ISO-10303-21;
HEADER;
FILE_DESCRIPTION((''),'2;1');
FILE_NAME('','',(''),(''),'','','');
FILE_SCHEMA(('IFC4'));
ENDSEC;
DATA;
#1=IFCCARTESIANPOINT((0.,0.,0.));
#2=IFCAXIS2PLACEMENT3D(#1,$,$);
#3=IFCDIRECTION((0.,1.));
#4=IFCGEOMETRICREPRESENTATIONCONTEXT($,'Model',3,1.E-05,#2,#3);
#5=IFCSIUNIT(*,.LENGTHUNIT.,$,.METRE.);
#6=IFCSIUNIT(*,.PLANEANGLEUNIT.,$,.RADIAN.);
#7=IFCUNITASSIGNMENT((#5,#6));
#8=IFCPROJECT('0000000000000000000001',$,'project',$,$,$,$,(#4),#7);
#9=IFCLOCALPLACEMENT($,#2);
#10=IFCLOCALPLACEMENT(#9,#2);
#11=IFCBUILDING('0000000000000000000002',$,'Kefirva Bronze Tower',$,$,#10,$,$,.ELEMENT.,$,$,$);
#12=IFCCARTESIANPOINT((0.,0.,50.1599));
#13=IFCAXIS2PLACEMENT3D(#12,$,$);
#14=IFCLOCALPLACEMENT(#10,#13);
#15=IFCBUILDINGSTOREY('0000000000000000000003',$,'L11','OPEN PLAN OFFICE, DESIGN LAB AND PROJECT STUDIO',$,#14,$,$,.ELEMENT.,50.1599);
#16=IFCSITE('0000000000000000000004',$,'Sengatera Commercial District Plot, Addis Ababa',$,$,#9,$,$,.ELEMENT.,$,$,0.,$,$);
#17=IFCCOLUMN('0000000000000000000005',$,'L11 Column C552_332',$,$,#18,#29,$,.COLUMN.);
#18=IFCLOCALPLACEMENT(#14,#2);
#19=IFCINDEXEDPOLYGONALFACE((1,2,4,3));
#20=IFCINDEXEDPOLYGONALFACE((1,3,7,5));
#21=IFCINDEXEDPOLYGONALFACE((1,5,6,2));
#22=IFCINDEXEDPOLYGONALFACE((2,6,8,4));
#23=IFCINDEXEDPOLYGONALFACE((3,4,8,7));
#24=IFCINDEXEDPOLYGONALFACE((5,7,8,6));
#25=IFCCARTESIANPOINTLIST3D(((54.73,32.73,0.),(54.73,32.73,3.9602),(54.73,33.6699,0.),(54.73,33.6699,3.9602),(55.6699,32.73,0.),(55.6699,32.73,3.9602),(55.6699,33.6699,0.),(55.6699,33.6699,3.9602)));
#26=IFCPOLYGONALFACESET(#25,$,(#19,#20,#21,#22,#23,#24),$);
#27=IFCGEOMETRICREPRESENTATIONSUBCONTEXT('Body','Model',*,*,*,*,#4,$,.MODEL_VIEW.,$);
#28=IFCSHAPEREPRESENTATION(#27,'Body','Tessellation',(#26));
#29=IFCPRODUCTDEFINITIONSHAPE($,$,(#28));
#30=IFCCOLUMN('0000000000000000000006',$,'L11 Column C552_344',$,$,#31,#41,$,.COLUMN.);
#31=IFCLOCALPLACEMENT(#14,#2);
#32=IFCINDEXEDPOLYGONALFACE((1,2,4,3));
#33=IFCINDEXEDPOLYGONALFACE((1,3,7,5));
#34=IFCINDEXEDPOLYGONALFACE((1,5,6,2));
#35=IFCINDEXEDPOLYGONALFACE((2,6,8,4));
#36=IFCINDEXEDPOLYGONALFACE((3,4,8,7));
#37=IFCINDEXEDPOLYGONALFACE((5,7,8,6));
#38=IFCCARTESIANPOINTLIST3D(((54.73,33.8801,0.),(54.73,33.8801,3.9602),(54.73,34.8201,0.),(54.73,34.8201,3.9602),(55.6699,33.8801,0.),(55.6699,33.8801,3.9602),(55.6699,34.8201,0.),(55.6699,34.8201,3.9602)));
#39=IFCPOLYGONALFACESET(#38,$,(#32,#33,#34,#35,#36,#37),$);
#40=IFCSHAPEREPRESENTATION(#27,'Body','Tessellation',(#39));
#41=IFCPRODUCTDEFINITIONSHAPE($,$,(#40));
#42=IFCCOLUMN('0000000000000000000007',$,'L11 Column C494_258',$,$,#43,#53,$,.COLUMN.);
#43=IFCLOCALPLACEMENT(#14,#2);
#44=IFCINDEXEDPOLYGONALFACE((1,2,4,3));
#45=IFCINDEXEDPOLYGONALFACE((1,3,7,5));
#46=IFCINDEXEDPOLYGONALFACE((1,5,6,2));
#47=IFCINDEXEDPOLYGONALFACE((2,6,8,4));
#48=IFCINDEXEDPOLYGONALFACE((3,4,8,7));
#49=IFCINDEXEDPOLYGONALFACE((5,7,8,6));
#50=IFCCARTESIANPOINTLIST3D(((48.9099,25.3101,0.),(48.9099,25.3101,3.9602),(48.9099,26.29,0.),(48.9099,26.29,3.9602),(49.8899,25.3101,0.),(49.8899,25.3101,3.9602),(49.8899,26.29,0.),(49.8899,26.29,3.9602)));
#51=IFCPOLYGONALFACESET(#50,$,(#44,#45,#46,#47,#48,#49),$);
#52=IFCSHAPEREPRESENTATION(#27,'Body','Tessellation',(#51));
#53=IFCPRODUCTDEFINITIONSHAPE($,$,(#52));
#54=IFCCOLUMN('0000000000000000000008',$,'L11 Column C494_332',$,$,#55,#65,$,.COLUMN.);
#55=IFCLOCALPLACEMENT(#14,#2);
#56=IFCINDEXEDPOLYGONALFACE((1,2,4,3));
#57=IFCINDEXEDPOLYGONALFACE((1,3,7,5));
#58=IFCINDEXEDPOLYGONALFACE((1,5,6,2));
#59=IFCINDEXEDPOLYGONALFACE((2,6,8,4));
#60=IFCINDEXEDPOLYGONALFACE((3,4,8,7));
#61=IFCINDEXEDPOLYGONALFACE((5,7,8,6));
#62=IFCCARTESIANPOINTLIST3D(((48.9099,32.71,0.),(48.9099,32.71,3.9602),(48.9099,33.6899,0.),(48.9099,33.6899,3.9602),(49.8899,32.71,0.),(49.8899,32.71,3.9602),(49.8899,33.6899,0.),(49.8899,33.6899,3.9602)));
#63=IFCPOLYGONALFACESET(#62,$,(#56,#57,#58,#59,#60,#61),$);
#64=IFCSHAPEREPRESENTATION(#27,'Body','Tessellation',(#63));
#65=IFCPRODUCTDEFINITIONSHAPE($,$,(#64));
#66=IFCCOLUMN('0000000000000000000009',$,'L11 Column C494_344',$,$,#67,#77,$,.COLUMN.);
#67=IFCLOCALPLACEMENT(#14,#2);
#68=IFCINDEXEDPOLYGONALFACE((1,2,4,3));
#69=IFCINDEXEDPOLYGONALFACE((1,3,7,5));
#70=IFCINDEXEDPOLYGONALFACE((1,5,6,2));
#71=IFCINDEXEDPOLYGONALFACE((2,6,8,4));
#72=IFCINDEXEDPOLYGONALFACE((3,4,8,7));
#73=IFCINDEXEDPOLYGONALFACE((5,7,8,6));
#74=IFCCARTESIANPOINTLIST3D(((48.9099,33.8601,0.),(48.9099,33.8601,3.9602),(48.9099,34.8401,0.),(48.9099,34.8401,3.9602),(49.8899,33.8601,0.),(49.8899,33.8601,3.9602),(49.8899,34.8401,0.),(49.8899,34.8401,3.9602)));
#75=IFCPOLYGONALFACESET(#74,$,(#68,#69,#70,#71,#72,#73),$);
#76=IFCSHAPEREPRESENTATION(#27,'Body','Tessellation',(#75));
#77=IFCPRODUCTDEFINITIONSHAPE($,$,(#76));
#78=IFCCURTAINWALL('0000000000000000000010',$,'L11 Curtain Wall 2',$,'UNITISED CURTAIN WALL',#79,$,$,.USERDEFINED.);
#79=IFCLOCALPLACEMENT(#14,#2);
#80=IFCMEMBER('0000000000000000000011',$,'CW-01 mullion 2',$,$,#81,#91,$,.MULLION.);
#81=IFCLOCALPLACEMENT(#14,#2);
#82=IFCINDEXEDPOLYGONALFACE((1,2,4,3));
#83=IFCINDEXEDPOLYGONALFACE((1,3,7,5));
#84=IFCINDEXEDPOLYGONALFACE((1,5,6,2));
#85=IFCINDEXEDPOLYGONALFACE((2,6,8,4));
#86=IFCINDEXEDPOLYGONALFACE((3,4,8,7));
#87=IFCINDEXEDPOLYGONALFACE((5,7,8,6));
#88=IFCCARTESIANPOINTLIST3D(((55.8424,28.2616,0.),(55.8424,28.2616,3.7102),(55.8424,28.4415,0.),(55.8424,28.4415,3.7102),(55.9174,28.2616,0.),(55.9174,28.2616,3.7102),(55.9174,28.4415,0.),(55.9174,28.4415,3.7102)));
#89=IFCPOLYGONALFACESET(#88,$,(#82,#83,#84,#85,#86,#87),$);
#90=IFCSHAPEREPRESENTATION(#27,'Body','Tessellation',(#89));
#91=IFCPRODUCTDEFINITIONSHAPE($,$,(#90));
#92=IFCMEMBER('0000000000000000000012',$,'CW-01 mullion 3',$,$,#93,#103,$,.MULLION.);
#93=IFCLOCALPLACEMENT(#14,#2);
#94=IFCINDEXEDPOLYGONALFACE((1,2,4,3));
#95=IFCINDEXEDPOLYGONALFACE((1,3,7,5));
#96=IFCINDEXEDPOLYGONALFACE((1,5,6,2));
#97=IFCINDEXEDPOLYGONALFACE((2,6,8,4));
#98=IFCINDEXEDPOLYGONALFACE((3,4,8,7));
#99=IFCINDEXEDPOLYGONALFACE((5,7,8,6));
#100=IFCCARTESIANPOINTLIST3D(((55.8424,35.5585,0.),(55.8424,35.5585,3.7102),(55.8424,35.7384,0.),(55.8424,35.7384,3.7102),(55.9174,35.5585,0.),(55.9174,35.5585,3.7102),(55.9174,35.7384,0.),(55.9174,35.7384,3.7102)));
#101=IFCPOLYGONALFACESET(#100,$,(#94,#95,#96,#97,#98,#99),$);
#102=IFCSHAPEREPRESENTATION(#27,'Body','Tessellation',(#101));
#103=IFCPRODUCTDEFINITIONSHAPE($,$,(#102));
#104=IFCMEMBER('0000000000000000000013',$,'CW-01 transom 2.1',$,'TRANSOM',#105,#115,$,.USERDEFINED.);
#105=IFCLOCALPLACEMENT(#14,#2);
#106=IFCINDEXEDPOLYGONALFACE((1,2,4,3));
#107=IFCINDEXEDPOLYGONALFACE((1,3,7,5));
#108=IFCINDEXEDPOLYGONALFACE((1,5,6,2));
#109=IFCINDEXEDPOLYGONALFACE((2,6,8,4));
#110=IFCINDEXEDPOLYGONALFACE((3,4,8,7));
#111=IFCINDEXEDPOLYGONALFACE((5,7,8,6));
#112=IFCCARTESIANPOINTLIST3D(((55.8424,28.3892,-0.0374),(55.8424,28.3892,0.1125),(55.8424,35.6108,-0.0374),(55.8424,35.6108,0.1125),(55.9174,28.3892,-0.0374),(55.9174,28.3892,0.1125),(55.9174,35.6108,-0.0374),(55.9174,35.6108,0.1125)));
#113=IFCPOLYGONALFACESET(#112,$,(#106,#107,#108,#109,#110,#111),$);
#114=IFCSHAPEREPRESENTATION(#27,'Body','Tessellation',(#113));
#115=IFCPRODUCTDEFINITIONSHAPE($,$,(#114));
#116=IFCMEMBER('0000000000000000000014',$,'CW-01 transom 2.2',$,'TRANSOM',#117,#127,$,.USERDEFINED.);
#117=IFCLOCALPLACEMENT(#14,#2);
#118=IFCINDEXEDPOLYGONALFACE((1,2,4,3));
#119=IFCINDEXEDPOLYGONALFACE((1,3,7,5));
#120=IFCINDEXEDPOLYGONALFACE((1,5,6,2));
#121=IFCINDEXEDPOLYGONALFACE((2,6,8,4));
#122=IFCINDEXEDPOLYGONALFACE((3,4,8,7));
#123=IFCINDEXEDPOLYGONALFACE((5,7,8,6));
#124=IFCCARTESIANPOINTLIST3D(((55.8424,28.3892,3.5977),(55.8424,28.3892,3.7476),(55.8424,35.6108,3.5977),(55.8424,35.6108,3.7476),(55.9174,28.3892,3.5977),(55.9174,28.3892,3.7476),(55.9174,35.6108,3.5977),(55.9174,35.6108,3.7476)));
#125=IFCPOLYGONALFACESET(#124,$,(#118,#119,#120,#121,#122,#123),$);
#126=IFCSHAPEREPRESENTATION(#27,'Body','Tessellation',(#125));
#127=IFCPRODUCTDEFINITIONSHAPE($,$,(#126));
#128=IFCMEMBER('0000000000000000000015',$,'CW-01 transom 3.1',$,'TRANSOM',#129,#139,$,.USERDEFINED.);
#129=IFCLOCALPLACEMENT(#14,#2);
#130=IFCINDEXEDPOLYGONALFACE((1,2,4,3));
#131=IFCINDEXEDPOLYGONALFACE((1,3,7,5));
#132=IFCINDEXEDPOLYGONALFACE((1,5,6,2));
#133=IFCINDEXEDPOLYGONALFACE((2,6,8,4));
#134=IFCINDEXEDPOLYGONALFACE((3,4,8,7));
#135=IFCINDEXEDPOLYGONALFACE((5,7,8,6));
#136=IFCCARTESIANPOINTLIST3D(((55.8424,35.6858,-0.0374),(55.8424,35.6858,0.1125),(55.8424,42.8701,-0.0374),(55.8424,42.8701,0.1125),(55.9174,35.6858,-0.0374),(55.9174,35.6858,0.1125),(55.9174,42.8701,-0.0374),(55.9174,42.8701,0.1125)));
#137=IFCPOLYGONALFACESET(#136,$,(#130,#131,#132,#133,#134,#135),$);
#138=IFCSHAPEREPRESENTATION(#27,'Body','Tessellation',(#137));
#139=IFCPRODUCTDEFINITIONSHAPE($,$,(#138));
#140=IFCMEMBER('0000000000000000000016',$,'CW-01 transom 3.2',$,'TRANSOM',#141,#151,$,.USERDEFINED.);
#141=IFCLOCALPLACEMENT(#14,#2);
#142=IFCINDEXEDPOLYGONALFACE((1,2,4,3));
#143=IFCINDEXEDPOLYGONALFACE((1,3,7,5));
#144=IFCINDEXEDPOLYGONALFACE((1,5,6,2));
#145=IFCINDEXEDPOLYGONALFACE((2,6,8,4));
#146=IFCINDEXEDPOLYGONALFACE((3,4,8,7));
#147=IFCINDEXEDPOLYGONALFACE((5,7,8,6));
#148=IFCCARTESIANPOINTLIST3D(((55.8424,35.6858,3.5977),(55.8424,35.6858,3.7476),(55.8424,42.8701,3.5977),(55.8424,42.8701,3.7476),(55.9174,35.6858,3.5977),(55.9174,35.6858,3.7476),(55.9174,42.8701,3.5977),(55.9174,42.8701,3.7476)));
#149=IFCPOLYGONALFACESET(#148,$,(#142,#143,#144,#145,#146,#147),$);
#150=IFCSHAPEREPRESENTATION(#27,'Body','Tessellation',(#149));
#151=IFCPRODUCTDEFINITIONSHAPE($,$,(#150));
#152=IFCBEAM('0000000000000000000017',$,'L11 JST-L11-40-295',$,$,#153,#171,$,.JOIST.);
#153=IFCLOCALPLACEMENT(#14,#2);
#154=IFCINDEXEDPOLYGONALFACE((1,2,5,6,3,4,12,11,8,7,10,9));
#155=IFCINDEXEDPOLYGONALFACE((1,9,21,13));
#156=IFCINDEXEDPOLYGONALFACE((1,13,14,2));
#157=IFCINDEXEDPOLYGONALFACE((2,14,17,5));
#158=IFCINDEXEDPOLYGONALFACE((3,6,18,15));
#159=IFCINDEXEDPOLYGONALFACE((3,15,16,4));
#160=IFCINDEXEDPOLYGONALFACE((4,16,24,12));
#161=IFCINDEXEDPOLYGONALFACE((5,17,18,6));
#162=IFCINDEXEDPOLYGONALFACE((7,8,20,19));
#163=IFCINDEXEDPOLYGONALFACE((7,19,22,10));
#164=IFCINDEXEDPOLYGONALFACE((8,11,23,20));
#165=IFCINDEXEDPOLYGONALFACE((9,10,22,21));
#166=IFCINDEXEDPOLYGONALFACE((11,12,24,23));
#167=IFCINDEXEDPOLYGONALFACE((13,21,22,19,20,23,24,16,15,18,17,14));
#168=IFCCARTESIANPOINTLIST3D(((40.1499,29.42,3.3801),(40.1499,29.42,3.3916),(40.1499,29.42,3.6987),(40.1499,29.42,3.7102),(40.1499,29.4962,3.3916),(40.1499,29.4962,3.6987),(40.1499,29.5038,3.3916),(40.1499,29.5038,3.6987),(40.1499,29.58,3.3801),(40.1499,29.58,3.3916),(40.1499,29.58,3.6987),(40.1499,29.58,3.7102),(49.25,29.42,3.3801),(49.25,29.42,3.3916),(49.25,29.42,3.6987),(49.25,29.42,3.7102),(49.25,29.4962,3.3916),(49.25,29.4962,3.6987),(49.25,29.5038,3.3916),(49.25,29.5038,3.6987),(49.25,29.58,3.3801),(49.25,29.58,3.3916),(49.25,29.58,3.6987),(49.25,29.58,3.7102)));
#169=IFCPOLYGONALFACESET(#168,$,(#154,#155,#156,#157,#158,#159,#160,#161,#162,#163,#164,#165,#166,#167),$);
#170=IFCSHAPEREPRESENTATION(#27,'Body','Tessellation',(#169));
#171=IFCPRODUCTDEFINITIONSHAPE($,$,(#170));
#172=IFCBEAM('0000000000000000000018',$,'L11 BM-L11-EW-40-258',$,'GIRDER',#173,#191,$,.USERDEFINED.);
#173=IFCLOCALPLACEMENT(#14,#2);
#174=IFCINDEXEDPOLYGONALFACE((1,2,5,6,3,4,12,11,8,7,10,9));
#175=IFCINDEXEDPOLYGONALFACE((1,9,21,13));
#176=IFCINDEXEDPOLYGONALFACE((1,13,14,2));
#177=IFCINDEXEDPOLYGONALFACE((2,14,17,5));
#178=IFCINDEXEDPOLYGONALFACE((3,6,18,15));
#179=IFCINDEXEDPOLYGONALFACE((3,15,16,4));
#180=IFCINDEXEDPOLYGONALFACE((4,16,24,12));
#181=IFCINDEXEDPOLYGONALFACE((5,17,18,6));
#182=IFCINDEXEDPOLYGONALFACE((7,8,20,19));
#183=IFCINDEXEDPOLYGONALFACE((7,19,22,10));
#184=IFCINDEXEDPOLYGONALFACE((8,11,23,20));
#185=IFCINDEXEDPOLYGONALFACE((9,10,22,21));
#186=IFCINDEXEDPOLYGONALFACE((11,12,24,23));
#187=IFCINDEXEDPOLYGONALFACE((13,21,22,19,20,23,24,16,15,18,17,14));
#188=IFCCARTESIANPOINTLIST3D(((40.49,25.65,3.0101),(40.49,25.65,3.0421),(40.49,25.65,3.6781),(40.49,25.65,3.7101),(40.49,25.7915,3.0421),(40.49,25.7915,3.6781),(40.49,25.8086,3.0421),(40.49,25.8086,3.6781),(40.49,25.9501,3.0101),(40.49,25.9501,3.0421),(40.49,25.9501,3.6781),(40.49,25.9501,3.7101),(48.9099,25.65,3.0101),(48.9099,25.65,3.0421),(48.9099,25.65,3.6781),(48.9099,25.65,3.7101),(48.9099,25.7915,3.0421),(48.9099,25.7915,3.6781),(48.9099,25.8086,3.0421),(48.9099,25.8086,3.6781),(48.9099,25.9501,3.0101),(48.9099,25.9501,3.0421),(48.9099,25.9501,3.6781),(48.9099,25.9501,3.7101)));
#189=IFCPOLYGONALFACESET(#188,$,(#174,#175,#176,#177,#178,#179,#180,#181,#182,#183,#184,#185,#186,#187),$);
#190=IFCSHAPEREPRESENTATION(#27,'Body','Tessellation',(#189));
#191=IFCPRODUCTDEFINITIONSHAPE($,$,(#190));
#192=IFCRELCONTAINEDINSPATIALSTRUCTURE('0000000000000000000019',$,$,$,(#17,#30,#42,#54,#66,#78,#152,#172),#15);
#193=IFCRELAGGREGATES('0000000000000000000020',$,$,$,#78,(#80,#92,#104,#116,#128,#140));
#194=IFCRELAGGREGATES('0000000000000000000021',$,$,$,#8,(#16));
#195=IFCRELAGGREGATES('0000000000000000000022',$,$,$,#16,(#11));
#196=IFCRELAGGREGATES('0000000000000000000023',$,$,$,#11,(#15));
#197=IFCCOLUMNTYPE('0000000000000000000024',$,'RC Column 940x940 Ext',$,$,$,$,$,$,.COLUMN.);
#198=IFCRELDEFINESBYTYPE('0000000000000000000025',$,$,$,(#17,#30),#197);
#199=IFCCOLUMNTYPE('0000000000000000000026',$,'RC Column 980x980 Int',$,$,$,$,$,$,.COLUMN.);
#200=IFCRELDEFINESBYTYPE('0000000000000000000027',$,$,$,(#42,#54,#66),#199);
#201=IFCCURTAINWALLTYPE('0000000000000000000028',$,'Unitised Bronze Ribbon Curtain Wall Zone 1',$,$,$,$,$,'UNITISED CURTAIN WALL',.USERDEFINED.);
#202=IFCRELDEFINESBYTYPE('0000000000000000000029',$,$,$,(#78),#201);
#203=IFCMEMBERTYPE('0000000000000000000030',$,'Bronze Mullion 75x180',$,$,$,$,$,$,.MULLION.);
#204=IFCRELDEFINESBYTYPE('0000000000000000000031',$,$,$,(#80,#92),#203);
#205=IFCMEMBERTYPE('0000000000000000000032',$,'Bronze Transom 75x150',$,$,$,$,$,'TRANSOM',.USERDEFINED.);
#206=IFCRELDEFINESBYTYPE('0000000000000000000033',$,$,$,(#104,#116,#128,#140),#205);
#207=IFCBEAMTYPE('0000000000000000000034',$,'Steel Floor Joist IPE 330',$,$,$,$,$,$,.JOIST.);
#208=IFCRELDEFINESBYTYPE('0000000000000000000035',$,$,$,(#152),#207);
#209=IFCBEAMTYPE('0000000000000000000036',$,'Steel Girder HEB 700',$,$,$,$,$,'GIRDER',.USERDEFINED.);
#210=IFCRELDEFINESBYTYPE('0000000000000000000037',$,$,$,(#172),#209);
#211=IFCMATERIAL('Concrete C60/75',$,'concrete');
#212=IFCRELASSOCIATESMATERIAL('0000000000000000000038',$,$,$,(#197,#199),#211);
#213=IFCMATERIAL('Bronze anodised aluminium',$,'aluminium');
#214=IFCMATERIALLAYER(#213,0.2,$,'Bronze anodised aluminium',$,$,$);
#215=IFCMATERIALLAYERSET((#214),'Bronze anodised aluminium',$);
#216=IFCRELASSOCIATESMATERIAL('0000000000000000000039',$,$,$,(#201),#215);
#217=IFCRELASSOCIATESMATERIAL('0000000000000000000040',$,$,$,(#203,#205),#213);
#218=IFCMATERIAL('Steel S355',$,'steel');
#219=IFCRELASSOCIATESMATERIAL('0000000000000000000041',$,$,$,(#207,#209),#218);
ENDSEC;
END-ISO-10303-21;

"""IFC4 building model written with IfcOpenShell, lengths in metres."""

from ifc_helpers import new_model, si_unit, direction, frame, origin, origin_2d, place, context, subcontext, project, spatial, rectangle, i_section, extrude, material, layer, layer_set, material_profile, profile_set, type_object, element, aggregate, save


model = new_model("IFC4")

# Units and contexts
model_context = context("Model", 3, precision=1e-05, world=origin(), true_north=direction((0.0, 1.0)))
body_context = subcontext(model_context, "Body", "Model", "MODEL_VIEW")
ifc_project = project(units=[si_unit("LENGTHUNIT", "METRE"), si_unit("PLANEANGLEUNIT", "RADIAN")], contexts=[model_context])

# Site, building, storey
site_placement = place(None, origin())
site = spatial("IfcSite", under=ifc_project, at=site_placement, Name="Sengatera Commercial District Plot, Addis Ababa", CompositionType="ELEMENT", RefElevation=0.0)
building_placement = place(site_placement, origin())
building = spatial("IfcBuilding", under=site, at=building_placement, Name="Kefirva Bronze Tower", CompositionType="ELEMENT")
storey_placement = place(building_placement, frame((0.0, 0.0, 50.1599)))
storey = spatial("IfcBuildingStorey", under=building, at=storey_placement, Name="L11", Description="OPEN PLAN OFFICE, DESIGN LAB AND PROJECT STUDIO", CompositionType="ELEMENT", Elevation=50.1599)

# Columns
ifc_material_1 = material(Name="Concrete C60/75", Category="concrete")
ifc_material_profile_1 = material_profile(ifc_material_1, rectangle(XDim=0.9399, YDim=0.9399, at=origin_2d()), Name="RC 940x940")
ifc_profile_set_1 = profile_set([ifc_material_profile_1], Name="Concrete C60/75")
column_type_1 = type_object("IfcColumnType", Name="RC Column 940x940 Ext", PredefinedType="COLUMN", material=ifc_profile_set_1)
for number, where, z_axis, x_axis, name in (
    (1, (55.2, 33.2, 0.0), (0.0, 0.0, 1.0), (1.0, 0.0, 0.0), "L11 Column C552_332"),
    (2, (55.2, 34.3501, 0.0), (0.0, 0.0, 1.0), (1.0, 0.0, 0.0), "L11 Column C552_344"),
):
    element("IfcColumn", number, at=place(storey_placement, frame(where, z_axis=z_axis, x_axis=x_axis)), inside=storey, type_object=column_type_1, Name=name, PredefinedType="COLUMN", context=body_context, shape_type="SweptSolid", body=[
        extrude(rectangle(XDim=0.9399, YDim=0.9399, at=origin_2d()), origin(), (0.0, 0.0, 1.0), 3.9602),
    ])
ifc_material_profile_2 = material_profile(ifc_material_1, rectangle(XDim=0.98, YDim=0.98, at=origin_2d()), Name="RC 980x980")
ifc_profile_set_2 = profile_set([ifc_material_profile_2], Name="Concrete C60/75")
column_type_2 = type_object("IfcColumnType", Name="RC Column 980x980 Int", PredefinedType="COLUMN", material=ifc_profile_set_2)
for number, where, z_axis, x_axis, name in (
    (3, (49.3999, 25.8, 0.0), (0.0, 0.0, 1.0), (1.0, 0.0, 0.0), "L11 Column C494_258"),
    (4, (49.3999, 33.2, 0.0), (0.0, 0.0, 1.0), (1.0, 0.0, 0.0), "L11 Column C494_332"),
    (5, (49.3999, 34.3501, 0.0), (0.0, 0.0, 1.0), (1.0, 0.0, 0.0), "L11 Column C494_344"),
):
    element("IfcColumn", number, at=place(storey_placement, frame(where, z_axis=z_axis, x_axis=x_axis)), inside=storey, type_object=column_type_2, Name=name, PredefinedType="COLUMN", context=body_context, shape_type="SweptSolid", body=[
        extrude(rectangle(XDim=0.98, YDim=0.98, at=origin_2d()), origin(), (0.0, 0.0, 1.0), 3.9602),
    ])

# Curtain wall, members
ifc_material_2 = material(Name="Bronze anodised aluminium", Category="aluminium")
ifc_layer_1 = layer(ifc_material_2, 0.2, Name="Bronze anodised aluminium")
ifc_layer_set_1 = layer_set([ifc_layer_1], Name="Bronze anodised aluminium")
curtain_wall_type = type_object("IfcCurtainWallType", Name="Unitised Bronze Ribbon Curtain Wall Zone 1", ElementType="UNITISED CURTAIN WALL", PredefinedType="USERDEFINED", material=ifc_layer_set_1)
curtain_wall_placement = place(storey_placement, origin())
curtain_wall = element("IfcCurtainWall", 6, at=curtain_wall_placement, inside=storey, type_object=curtain_wall_type, Name="L11 Curtain Wall 2", ObjectType="UNITISED CURTAIN WALL", PredefinedType="USERDEFINED")
ifc_material_profile_3 = material_profile(ifc_material_2, rectangle(XDim=0.075, YDim=0.1799, at=origin_2d()), Name="ALU 75x180")
ifc_profile_set_3 = profile_set([ifc_material_profile_3], Name="Bronze anodised aluminium")
member_type_1 = type_object("IfcMemberType", Name="Bronze Mullion 75x180", PredefinedType="MULLION", material=ifc_profile_set_3)
member_1_placement = place(storey_placement, frame((55.8799, 28.3516, 0.0), z_axis=(0.0, 0.0, 1.0), x_axis=(-1.0, 0.0, 0.0)))
member_1 = element("IfcMember", 7, at=member_1_placement, type_object=member_type_1, Name="CW-01 mullion 2", PredefinedType="MULLION", context=body_context, shape_type="SweptSolid", body=[
    extrude(rectangle(XDim=0.075, YDim=0.1799, at=origin_2d()), origin(), (0.0, 0.0, 1.0), 3.7102),
])
member_2_placement = place(storey_placement, frame((55.8799, 35.6484, 0.0), z_axis=(0.0, 0.0, 1.0), x_axis=(-1.0, 0.0, 0.0)))
member_2 = element("IfcMember", 8, at=member_2_placement, type_object=member_type_1, Name="CW-01 mullion 3", PredefinedType="MULLION", context=body_context, shape_type="SweptSolid", body=[
    extrude(rectangle(XDim=0.075, YDim=0.1799, at=origin_2d()), origin(), (0.0, 0.0, 1.0), 3.7102),
])
ifc_material_profile_4 = material_profile(ifc_material_2, rectangle(XDim=0.075, YDim=0.1499, at=origin_2d()), Name="ALU 75x150")
ifc_profile_set_4 = profile_set([ifc_material_profile_4], Name="Bronze anodised aluminium")
member_type_2 = type_object("IfcMemberType", Name="Bronze Transom 75x150", ElementType="TRANSOM", PredefinedType="USERDEFINED", material=ifc_profile_set_4)
member_3_placement = place(storey_placement, frame((55.8799, 28.3892, 0.0376), z_axis=(0.0, 1.0, 0.0), x_axis=(-1.0, 0.0, 0.0)))
member_3 = element("IfcMember", 9, at=member_3_placement, type_object=member_type_2, Name="CW-01 transom 2.1", ObjectType="TRANSOM", PredefinedType="USERDEFINED", context=body_context, shape_type="SweptSolid", body=[
    extrude(rectangle(XDim=0.075, YDim=0.1499, at=origin_2d()), origin(), (0.0, 0.0, 1.0), 7.2217),
])
member_4_placement = place(storey_placement, frame((55.8799, 28.3892, 3.6726), z_axis=(0.0, 1.0, 0.0), x_axis=(-1.0, 0.0, 0.0)))
member_4 = element("IfcMember", 10, at=member_4_placement, type_object=member_type_2, Name="CW-01 transom 2.2", ObjectType="TRANSOM", PredefinedType="USERDEFINED", context=body_context, shape_type="SweptSolid", body=[
    extrude(rectangle(XDim=0.075, YDim=0.1499, at=origin_2d()), origin(), (0.0, 0.0, 1.0), 7.2217),
])
member_5_placement = place(storey_placement, frame((55.8799, 35.6858, 0.0376), z_axis=(0.0, 1.0, 0.0), x_axis=(-1.0, 0.0, 0.0)))
member_5 = element("IfcMember", 11, at=member_5_placement, type_object=member_type_2, Name="CW-01 transom 3.1", ObjectType="TRANSOM", PredefinedType="USERDEFINED", context=body_context, shape_type="SweptSolid", body=[
    extrude(rectangle(XDim=0.075, YDim=0.1499, at=origin_2d()), origin(), (0.0, 0.0, 1.0), 7.1843),
])
member_6_placement = place(storey_placement, frame((55.8799, 35.6858, 3.6726), z_axis=(0.0, 1.0, 0.0), x_axis=(-1.0, 0.0, 0.0)))
member_6 = element("IfcMember", 12, at=member_6_placement, type_object=member_type_2, Name="CW-01 transom 3.2", ObjectType="TRANSOM", PredefinedType="USERDEFINED", context=body_context, shape_type="SweptSolid", body=[
    extrude(rectangle(XDim=0.075, YDim=0.1499, at=origin_2d()), origin(), (0.0, 0.0, 1.0), 7.1843),
])

# Beams
ifc_material_3 = material(Name="Steel S355", Category="steel")
ifc_material_profile_5 = material_profile(ifc_material_3, i_section(OverallWidth=0.1599, OverallDepth=0.3301, WebThickness=0.0076, FlangeThickness=0.0115, at=origin_2d()), Name="IPE 330")
ifc_profile_set_5 = profile_set([ifc_material_profile_5], Name="Steel S355")
beam_type_1 = type_object("IfcBeamType", Name="Steel Floor Joist IPE 330", PredefinedType="JOIST", material=ifc_profile_set_5)
beam_1_placement = place(storey_placement, frame((40.1499, 29.5, 3.5452), z_axis=(1.0, 0.0, 0.0), x_axis=(0.0, 1.0, 0.0)))
element("IfcBeam", 13, at=beam_1_placement, inside=storey, type_object=beam_type_1, Name="L11 JST-L11-40-295", PredefinedType="JOIST", context=body_context, shape_type="SweptSolid", body=[
    extrude(i_section(OverallWidth=0.1599, OverallDepth=0.3301, WebThickness=0.0076, FlangeThickness=0.0115, at=origin_2d()), origin(), (0.0, 0.0, 1.0), 9.1001),
])
ifc_material_profile_6 = material_profile(ifc_material_3, i_section(OverallWidth=0.3, OverallDepth=0.7, WebThickness=0.0171, FlangeThickness=0.032, at=origin_2d()), Name="HEB 700")
ifc_profile_set_6 = profile_set([ifc_material_profile_6], Name="Steel S355")
beam_type_2 = type_object("IfcBeamType", Name="Steel Girder HEB 700", ElementType="GIRDER", PredefinedType="USERDEFINED", material=ifc_profile_set_6)
for number, where, z_axis, x_axis, name in (
    (14, (40.49, 25.8, 3.3601), (1.0, 0.0, 0.0), (0.0, 1.0, 0.0), "L11 BM-L11-EW-40-258"),
):
    element("IfcBeam", number, at=place(storey_placement, frame(where, z_axis=z_axis, x_axis=x_axis)), inside=storey, type_object=beam_type_2, Name=name, ObjectType="GIRDER", PredefinedType="USERDEFINED", context=body_context, shape_type="SweptSolid", body=[
        extrude(i_section(OverallWidth=0.3, OverallDepth=0.7, WebThickness=0.0171, FlangeThickness=0.032, at=origin_2d()), origin(), (0.0, 0.0, 1.0), 8.4199),
    ])

aggregate(curtain_wall, [member_1, member_2, member_3, member_4, member_5, member_6])

save(model, "model.ifc")
